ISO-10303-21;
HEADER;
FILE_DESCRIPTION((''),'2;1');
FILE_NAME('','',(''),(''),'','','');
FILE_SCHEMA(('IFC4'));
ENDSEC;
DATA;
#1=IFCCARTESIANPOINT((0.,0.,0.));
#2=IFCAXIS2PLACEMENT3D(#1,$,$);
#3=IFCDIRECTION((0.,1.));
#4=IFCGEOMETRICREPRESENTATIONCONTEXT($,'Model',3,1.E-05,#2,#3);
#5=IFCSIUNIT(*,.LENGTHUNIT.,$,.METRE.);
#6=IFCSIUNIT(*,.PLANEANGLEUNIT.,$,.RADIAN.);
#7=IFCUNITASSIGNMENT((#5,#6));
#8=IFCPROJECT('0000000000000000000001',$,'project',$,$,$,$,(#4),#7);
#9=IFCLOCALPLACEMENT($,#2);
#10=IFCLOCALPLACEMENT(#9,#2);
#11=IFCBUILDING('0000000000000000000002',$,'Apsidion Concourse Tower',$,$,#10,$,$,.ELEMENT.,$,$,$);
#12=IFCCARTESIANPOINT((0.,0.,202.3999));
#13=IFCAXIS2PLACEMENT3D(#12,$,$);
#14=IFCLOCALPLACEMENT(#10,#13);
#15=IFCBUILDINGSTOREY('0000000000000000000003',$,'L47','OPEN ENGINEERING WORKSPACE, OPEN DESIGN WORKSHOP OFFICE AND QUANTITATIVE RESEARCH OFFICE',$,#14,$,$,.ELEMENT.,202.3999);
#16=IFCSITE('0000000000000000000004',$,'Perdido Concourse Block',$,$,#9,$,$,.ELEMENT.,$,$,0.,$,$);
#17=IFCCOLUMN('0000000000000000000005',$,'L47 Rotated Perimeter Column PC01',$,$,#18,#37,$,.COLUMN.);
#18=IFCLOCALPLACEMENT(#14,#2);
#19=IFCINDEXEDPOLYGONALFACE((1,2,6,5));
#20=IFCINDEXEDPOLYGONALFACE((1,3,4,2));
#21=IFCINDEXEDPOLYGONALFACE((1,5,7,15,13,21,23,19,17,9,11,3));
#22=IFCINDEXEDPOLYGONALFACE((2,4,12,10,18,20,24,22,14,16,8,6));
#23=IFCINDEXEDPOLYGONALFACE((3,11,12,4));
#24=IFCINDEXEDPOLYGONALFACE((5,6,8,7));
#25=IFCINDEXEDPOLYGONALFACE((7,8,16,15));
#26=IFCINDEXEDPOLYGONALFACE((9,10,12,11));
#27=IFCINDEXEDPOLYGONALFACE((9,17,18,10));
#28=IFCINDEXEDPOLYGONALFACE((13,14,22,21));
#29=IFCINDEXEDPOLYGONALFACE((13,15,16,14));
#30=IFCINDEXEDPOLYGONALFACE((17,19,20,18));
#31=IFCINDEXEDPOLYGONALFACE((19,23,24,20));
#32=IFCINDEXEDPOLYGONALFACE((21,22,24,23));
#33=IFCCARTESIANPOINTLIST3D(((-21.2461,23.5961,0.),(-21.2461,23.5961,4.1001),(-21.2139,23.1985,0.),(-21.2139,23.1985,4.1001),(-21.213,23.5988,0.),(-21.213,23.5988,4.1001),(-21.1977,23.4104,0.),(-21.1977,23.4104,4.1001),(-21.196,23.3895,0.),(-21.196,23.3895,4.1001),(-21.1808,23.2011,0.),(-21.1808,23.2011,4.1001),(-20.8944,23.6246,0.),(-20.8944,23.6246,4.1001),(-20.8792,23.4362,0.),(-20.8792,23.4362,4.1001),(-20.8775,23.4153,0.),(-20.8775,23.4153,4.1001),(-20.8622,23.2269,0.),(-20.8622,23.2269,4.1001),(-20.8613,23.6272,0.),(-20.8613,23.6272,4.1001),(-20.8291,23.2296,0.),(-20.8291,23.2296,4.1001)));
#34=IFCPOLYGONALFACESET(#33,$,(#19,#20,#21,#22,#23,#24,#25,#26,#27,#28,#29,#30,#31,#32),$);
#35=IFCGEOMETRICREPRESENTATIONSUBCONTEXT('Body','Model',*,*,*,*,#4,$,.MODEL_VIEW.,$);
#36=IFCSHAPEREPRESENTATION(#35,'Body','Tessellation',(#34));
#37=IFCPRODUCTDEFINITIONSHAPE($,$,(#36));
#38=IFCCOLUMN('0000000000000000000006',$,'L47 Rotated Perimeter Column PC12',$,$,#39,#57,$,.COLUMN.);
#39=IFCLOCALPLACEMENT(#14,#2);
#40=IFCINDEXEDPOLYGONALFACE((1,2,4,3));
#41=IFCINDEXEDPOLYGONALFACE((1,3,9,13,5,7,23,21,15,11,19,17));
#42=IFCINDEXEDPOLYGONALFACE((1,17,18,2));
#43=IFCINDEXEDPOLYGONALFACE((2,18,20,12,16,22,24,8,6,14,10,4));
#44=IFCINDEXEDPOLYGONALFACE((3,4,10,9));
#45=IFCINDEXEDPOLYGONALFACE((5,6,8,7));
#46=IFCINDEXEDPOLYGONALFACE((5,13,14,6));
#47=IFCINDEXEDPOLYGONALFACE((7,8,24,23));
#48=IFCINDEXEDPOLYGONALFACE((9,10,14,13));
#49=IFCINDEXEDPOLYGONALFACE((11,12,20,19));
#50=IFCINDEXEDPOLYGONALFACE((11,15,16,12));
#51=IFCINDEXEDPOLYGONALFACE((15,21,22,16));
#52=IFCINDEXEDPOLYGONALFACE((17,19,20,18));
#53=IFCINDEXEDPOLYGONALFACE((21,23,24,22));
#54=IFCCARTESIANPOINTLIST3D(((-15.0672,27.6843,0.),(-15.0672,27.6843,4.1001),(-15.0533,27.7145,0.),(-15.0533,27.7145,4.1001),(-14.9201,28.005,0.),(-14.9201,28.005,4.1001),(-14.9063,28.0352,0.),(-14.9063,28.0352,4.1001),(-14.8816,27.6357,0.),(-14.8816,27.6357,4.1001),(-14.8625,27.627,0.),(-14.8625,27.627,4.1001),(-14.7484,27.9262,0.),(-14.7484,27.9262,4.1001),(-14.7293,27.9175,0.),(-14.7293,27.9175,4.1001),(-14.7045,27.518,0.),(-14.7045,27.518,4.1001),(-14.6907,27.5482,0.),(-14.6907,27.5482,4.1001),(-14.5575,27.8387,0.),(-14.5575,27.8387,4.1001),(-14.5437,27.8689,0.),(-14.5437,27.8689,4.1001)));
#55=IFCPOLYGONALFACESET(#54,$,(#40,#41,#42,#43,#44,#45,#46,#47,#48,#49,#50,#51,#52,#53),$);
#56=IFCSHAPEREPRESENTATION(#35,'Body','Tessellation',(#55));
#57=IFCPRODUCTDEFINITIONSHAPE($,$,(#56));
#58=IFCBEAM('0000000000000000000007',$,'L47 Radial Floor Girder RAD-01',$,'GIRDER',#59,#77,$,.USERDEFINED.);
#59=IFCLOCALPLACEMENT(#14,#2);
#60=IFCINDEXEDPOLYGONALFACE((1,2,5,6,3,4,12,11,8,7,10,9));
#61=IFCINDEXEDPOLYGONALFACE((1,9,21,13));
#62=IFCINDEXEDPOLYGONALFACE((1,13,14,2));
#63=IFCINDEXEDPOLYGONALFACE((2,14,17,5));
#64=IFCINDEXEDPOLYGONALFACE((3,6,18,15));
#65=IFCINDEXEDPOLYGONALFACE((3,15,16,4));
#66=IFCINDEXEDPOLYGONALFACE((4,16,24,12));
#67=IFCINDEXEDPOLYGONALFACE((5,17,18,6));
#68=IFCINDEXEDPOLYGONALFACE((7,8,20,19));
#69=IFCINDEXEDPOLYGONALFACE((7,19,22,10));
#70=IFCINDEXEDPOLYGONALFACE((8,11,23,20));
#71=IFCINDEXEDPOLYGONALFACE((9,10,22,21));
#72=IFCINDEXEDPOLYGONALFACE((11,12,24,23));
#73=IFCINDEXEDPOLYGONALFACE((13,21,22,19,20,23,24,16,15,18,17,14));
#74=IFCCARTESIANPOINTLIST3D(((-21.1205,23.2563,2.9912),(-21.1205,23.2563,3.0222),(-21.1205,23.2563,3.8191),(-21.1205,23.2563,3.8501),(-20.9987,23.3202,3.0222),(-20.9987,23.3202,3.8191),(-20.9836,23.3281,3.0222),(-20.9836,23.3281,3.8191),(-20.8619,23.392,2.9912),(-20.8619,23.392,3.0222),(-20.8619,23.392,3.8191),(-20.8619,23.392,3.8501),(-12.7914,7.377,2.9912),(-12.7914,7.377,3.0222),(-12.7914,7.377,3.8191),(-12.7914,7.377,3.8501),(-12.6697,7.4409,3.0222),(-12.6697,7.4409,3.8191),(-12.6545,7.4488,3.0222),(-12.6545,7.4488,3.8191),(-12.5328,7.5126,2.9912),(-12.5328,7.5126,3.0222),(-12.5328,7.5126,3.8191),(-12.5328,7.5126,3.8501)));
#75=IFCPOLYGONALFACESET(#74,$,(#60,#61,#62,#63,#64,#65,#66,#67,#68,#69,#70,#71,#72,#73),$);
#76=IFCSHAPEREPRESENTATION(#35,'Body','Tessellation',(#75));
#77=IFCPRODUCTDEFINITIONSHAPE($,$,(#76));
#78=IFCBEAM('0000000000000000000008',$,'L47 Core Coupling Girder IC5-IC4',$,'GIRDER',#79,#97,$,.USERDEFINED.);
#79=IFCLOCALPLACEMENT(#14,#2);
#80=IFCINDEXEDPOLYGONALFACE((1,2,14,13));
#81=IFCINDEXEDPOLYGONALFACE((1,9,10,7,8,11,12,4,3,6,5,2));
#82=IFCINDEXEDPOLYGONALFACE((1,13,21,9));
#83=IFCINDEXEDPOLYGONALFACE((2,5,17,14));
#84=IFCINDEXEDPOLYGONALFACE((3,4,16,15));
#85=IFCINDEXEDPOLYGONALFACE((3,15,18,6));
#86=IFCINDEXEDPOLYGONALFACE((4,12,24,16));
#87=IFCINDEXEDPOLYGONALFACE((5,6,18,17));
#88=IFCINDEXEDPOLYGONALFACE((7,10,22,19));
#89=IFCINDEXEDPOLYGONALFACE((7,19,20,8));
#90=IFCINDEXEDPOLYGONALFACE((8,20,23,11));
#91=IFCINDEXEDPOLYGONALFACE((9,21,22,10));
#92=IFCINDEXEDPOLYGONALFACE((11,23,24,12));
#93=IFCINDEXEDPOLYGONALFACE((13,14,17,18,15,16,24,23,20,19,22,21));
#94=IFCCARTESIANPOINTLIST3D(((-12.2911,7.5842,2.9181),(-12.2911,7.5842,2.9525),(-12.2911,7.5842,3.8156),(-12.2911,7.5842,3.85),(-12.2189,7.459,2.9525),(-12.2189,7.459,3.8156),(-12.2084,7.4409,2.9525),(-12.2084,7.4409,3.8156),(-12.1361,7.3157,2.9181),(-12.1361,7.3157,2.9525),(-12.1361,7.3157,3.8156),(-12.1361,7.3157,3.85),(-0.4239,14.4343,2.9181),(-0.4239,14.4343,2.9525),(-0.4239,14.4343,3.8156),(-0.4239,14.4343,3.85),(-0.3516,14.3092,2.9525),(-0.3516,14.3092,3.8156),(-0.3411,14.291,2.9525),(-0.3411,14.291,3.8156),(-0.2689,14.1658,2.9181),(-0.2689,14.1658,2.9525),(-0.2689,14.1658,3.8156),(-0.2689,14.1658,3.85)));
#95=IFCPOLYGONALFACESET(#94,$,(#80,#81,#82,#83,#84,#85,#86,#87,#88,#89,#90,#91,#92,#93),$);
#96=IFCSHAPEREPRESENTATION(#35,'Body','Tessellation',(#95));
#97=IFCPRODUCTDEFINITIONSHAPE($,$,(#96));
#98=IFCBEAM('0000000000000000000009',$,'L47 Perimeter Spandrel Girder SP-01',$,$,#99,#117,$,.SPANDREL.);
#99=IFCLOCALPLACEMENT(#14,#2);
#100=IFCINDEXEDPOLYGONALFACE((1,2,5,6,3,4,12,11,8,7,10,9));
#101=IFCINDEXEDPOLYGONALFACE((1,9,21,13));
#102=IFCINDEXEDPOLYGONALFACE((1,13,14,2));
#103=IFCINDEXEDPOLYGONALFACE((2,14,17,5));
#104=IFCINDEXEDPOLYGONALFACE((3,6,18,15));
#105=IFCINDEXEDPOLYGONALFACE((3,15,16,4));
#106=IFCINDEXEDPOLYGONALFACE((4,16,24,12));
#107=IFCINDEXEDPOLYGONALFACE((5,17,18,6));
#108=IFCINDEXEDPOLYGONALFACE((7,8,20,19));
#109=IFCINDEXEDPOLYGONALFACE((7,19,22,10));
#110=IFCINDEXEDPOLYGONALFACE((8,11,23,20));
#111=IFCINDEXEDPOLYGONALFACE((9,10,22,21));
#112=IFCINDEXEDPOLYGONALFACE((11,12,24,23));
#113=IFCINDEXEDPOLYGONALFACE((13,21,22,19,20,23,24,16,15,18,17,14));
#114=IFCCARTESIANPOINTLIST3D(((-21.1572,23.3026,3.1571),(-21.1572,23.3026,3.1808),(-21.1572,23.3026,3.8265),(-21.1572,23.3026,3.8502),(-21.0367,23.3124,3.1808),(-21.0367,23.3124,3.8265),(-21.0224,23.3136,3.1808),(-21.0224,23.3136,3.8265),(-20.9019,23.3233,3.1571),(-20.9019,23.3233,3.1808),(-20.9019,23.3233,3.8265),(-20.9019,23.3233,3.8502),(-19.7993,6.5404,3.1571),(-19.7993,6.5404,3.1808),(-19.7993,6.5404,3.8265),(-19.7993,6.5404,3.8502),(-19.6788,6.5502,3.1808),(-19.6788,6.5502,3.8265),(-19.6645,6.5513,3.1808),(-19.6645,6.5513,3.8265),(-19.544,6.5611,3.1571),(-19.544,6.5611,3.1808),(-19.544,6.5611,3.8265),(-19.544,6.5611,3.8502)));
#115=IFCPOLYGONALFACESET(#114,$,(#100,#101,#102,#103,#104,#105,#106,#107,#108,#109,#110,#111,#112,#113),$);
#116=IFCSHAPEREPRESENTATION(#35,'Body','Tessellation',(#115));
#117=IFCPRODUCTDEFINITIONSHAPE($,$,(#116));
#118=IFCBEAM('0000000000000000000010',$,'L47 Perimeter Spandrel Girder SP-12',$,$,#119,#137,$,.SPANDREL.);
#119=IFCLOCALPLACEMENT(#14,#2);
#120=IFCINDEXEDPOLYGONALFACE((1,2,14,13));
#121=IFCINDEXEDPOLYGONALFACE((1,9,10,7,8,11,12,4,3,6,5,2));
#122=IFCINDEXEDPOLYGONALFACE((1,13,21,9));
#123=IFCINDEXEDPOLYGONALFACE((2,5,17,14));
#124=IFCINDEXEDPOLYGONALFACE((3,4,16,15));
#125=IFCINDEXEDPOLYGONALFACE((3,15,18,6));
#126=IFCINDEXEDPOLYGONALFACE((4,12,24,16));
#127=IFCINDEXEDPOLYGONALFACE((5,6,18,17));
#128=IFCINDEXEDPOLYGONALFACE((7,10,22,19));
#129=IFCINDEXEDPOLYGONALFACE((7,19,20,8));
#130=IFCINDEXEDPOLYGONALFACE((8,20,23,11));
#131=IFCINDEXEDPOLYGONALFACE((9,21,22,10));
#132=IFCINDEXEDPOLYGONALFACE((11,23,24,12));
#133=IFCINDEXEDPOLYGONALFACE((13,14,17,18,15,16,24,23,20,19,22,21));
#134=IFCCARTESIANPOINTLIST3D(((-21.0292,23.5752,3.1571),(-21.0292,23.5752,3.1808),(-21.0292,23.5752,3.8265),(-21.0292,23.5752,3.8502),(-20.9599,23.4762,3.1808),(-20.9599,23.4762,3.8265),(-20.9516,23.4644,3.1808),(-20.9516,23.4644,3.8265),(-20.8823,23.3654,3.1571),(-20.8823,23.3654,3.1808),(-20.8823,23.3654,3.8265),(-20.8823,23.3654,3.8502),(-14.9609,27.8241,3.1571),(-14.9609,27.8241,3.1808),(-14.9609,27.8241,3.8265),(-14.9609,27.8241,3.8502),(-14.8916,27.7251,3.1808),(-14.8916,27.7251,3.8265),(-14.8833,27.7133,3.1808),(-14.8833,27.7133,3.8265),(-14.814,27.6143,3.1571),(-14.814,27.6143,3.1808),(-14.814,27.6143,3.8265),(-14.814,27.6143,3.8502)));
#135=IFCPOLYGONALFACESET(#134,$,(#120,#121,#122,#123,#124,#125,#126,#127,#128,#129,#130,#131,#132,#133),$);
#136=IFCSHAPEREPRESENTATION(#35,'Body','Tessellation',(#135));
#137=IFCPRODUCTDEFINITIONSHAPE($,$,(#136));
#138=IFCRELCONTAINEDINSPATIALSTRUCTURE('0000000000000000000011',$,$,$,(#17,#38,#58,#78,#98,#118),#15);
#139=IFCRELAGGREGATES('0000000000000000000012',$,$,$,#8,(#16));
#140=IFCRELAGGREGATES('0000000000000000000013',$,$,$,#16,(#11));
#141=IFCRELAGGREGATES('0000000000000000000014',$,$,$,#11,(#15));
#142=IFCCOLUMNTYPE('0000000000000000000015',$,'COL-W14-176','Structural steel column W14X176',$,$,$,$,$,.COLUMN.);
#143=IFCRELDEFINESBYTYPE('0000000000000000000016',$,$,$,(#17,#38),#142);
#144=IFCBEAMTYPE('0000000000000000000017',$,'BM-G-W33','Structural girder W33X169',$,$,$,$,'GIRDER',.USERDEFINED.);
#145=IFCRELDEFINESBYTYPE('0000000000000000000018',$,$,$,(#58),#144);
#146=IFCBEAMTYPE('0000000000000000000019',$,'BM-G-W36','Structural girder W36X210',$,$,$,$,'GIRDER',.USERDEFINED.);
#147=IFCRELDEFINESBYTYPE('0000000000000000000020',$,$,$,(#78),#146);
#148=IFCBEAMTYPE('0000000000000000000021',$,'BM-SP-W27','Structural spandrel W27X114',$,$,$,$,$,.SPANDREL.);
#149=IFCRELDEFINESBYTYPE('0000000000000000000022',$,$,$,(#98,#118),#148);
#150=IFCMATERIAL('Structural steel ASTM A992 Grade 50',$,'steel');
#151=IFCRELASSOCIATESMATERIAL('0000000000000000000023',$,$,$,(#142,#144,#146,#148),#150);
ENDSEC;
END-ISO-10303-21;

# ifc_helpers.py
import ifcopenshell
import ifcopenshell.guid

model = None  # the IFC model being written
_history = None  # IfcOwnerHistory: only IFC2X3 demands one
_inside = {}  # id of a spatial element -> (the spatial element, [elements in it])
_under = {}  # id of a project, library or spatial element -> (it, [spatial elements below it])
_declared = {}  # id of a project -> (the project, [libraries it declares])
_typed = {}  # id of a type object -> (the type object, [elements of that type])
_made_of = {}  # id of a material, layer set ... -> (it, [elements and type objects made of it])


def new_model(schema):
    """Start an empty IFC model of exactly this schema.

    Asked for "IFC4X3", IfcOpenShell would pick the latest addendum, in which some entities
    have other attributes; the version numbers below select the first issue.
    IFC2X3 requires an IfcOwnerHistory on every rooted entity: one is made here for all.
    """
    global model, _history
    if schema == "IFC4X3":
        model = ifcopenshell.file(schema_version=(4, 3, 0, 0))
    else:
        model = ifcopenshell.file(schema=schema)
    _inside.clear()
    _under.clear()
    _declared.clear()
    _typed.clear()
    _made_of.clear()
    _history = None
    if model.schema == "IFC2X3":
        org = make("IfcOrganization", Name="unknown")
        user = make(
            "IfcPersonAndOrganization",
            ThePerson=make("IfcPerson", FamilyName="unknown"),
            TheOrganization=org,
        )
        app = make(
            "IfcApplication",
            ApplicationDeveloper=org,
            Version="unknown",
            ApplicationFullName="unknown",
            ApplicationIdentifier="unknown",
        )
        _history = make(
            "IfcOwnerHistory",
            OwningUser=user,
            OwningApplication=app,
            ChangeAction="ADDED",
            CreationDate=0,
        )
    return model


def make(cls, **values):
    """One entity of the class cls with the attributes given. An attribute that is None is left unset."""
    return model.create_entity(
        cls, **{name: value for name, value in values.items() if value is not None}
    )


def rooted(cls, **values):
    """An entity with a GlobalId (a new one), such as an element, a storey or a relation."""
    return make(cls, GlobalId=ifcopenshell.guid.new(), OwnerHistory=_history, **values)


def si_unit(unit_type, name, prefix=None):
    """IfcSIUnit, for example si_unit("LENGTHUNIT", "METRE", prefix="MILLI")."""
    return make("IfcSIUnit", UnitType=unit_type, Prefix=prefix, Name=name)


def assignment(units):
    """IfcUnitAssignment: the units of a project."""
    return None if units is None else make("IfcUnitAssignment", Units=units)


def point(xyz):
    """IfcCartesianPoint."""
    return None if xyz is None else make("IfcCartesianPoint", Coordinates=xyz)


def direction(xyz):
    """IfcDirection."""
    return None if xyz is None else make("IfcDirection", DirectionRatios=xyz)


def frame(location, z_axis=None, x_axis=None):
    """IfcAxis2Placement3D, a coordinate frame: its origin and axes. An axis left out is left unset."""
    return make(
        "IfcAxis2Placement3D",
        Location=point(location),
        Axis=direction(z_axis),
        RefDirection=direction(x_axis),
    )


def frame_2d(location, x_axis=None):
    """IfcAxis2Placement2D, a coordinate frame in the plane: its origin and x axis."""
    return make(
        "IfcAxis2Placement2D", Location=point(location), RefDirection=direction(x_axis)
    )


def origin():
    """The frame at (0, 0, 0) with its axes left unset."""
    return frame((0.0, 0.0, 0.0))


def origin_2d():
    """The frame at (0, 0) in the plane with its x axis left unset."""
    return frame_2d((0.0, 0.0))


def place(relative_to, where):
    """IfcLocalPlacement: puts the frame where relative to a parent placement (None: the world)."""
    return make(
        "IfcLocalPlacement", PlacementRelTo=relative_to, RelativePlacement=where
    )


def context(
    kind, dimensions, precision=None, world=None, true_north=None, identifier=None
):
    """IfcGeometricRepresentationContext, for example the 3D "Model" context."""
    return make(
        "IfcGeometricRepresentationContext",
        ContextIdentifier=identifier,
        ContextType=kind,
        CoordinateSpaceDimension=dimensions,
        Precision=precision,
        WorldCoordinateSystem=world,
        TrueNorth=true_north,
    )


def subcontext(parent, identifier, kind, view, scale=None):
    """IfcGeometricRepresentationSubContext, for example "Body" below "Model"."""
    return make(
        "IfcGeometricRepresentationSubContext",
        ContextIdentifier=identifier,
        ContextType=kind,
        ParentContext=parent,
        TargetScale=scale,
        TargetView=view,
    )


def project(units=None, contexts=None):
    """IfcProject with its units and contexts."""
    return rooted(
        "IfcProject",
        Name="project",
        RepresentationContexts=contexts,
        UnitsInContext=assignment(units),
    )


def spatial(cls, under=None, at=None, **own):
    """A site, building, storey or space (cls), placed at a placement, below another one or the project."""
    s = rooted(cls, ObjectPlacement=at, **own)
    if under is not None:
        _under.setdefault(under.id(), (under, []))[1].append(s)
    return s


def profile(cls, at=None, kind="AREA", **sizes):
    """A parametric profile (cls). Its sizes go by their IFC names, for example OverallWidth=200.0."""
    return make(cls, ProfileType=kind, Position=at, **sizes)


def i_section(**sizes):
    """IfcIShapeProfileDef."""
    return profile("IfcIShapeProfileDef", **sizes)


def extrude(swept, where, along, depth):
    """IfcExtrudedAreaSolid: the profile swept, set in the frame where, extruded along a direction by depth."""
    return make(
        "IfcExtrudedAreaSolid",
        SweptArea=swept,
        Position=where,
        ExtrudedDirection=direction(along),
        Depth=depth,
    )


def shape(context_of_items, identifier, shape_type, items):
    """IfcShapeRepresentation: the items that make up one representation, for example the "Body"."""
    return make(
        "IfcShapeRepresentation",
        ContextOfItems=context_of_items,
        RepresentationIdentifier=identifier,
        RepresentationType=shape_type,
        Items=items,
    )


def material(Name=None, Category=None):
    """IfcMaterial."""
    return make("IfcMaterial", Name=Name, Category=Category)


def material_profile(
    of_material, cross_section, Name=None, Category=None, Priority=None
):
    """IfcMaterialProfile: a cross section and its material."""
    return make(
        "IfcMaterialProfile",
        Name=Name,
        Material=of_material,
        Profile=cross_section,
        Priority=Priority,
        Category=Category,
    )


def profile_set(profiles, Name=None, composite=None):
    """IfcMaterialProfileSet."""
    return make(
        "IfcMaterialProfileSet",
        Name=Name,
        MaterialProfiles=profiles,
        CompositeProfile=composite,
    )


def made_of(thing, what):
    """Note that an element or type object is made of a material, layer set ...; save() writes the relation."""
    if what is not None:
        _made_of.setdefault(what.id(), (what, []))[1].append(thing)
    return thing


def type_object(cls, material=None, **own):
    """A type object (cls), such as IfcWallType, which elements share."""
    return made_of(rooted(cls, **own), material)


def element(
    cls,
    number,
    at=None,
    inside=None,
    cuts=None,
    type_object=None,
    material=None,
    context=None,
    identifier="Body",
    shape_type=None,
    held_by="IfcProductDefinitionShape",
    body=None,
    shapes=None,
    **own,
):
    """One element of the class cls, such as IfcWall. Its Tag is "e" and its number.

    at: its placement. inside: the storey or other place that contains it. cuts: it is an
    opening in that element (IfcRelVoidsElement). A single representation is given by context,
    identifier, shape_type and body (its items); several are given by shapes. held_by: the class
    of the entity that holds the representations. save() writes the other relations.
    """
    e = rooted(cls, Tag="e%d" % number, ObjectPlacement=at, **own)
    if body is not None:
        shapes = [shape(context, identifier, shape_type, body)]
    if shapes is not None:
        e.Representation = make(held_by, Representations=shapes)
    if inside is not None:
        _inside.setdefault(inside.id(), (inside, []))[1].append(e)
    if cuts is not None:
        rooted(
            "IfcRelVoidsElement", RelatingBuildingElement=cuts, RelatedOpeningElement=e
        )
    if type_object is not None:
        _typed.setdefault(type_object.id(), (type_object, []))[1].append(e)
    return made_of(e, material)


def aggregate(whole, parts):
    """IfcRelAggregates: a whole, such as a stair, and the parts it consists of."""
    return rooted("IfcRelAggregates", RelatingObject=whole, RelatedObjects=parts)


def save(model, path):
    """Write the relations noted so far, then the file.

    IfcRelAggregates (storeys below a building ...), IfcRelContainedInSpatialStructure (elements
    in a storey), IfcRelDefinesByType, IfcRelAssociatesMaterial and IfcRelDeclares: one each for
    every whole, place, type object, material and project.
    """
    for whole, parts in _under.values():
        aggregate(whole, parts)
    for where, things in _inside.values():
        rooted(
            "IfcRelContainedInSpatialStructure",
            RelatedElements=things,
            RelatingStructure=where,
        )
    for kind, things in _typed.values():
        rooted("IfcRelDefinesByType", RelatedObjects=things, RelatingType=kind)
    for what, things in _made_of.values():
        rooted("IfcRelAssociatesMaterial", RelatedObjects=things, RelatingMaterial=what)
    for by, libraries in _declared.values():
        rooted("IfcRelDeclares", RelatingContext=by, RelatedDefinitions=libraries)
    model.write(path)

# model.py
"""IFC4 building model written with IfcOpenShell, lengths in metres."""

from ifc_helpers import new_model, si_unit, direction, frame, origin, origin_2d, place, context, subcontext, project, spatial, i_section, extrude, material, material_profile, profile_set, type_object, element, save


model = new_model("IFC4")

# Units and contexts
model_context = context("Model", 3, precision=1e-05, world=origin(), true_north=direction((0.0, 1.0)))
body_context = subcontext(model_context, "Body", "Model", "MODEL_VIEW")
ifc_project = project(units=[si_unit("LENGTHUNIT", "METRE"), si_unit("PLANEANGLEUNIT", "RADIAN")], contexts=[model_context])

# Site, building, storey
site_placement = place(None, origin())
site = spatial("IfcSite", under=ifc_project, at=site_placement, Name="Perdido Concourse Block", CompositionType="ELEMENT", RefElevation=0.0)
building_placement = place(site_placement, origin())
building = spatial("IfcBuilding", under=site, at=building_placement, Name="Apsidion Concourse Tower", CompositionType="ELEMENT")
storey_placement = place(building_placement, frame((0.0, 0.0, 202.3999)))
storey = spatial("IfcBuildingStorey", under=building, at=storey_placement, Name="L47", Description="OPEN ENGINEERING WORKSPACE, OPEN DESIGN WORKSHOP OFFICE AND QUANTITATIVE RESEARCH OFFICE", CompositionType="ELEMENT", Elevation=202.3999)

# Columns
ifc_material_1 = material(Name="Structural steel ASTM A992 Grade 50", Category="steel")
ifc_material_profile_1 = material_profile(ifc_material_1, i_section(OverallWidth=0.3989, OverallDepth=0.386, WebThickness=0.021, FlangeThickness=0.0332, at=origin_2d()), Name="W14X176")
ifc_profile_set_1 = profile_set([ifc_material_profile_1], Name="Structural steel ASTM A992 Grade 50")
column_type = type_object("IfcColumnType", Name="COL-W14-176", Description="Structural steel column W14X176", PredefinedType="COLUMN", material=ifc_profile_set_1)
for number, where, z_axis, x_axis, name in (
    (1, (-21.0376, 23.4128, 0.0), (0.0, 0.0, 1.0), (-0.080721, 0.996737, 0.0), "L47 Rotated Perimeter Column PC01"),
    (2, (-14.8054, 27.7766, 0.0), (0.0, 0.0, 1.0), (-0.909018, 0.416757, 0.0), "L47 Rotated Perimeter Column PC12"),
):
    element("IfcColumn", number, at=place(storey_placement, frame(where, z_axis=z_axis, x_axis=x_axis)), inside=storey, type_object=column_type, Name=name, PredefinedType="COLUMN", context=body_context, shape_type="SweptSolid", body=[
        extrude(i_section(OverallWidth=0.3989, OverallDepth=0.386, WebThickness=0.021, FlangeThickness=0.0332, at=origin_2d()), origin(), (0.0, 0.0, 1.0), 4.1001),
    ])

# Beams
ifc_material_profile_2 = material_profile(ifc_material_1, i_section(OverallWidth=0.292, OverallDepth=0.8589, WebThickness=0.0171, FlangeThickness=0.031, at=origin_2d()), Name="W33X169")
ifc_profile_set_2 = profile_set([ifc_material_profile_2], Name="Structural steel ASTM A992 Grade 50")
beam_type_1 = type_object("IfcBeamType", Name="BM-G-W33", Description="Structural girder W33X169", ElementType="GIRDER", PredefinedType="USERDEFINED", material=ifc_profile_set_2)
beam_1_placement = place(storey_placement, frame((-12.6621, 7.4448, 3.4207), z_axis=(-0.464502, 0.885572, 0.0), x_axis=(-0.885572, -0.464502, 0.0)))
element("IfcBeam", 3, at=beam_1_placement, inside=storey, type_object=beam_type_1, Name="L47 Radial Floor Girder RAD-01", ObjectType="GIRDER", PredefinedType="USERDEFINED", context=body_context, shape_type="SweptSolid", body=[
    extrude(i_section(OverallWidth=0.292, OverallDepth=0.8589, WebThickness=0.0171, FlangeThickness=0.031, at=origin_2d()), origin(), (0.0, 0.0, 1.0), 17.9312),
])
ifc_material_profile_3 = material_profile(ifc_material_1, i_section(OverallWidth=0.3101, OverallDepth=0.9319, WebThickness=0.021, FlangeThickness=0.0344, at=origin_2d()), Name="W36X210")
ifc_profile_set_3 = profile_set([ifc_material_profile_3], Name="Structural steel ASTM A992 Grade 50")
beam_type_2 = type_object("IfcBeamType", Name="BM-G-W36", Description="Structural girder W36X210", ElementType="GIRDER", PredefinedType="USERDEFINED", material=ifc_profile_set_3)
beam_2_placement = place(storey_placement, frame((-12.2136, 7.45, 3.384), z_axis=(0.86607, 0.499922, 0.0), x_axis=(-0.499922, 0.86607, 0.0)))
element("IfcBeam", 4, at=beam_2_placement, inside=storey, type_object=beam_type_2, Name="L47 Core Coupling Girder IC5-IC4", ObjectType="GIRDER", PredefinedType="USERDEFINED", context=body_context, shape_type="SweptSolid", body=[
    extrude(i_section(OverallWidth=0.3101, OverallDepth=0.9319, WebThickness=0.021, FlangeThickness=0.0344, at=origin_2d()), origin(), (0.0, 0.0, 1.0), 13.7024),
])
ifc_material_profile_4 = material_profile(ifc_material_1, i_section(OverallWidth=0.2561, OverallDepth=0.6931, WebThickness=0.0144, FlangeThickness=0.0237, at=origin_2d()), Name="W27X114")
ifc_profile_set_4 = profile_set([ifc_material_profile_4], Name="Structural steel ASTM A992 Grade 50")
beam_type_3 = type_object("IfcBeamType", Name="BM-SP-W27", Description="Structural spandrel W27X114", PredefinedType="SPANDREL", material=ifc_profile_set_4)
beam_3_placement = place(storey_placement, frame((-21.0295, 23.313, 3.5037), z_axis=(0.080746, -0.996735, 0.0), x_axis=(0.996735, 0.080746, 0.0)))
element("IfcBeam", 5, at=beam_3_placement, inside=storey, type_object=beam_type_3, Name="L47 Perimeter Spandrel Girder SP-01", PredefinedType="SPANDREL", context=body_context, shape_type="SweptSolid", body=[
    extrude(i_section(OverallWidth=0.2561, OverallDepth=0.6931, WebThickness=0.0144, FlangeThickness=0.0237, at=origin_2d()), origin(), (0.0, 0.0, 1.0), 16.8171),
])
beam_4_placement = place(storey_placement, frame((-14.8875, 27.7192, 3.5037), z_axis=(-0.819158, -0.573569, 0.0), x_axis=(0.573569, -0.819158, 0.0)))
element("IfcBeam", 6, at=beam_4_placement, inside=storey, type_object=beam_type_3, Name="L47 Perimeter Spandrel Girder SP-12", PredefinedType="SPANDREL", context=body_context, shape_type="SweptSolid", body=[
    extrude(i_section(OverallWidth=0.2561, OverallDepth=0.6931, WebThickness=0.0144, FlangeThickness=0.0237, at=origin_2d()), origin(), (0.0, 0.0, 1.0), 7.408),
])

save(model, "model.ifc")
